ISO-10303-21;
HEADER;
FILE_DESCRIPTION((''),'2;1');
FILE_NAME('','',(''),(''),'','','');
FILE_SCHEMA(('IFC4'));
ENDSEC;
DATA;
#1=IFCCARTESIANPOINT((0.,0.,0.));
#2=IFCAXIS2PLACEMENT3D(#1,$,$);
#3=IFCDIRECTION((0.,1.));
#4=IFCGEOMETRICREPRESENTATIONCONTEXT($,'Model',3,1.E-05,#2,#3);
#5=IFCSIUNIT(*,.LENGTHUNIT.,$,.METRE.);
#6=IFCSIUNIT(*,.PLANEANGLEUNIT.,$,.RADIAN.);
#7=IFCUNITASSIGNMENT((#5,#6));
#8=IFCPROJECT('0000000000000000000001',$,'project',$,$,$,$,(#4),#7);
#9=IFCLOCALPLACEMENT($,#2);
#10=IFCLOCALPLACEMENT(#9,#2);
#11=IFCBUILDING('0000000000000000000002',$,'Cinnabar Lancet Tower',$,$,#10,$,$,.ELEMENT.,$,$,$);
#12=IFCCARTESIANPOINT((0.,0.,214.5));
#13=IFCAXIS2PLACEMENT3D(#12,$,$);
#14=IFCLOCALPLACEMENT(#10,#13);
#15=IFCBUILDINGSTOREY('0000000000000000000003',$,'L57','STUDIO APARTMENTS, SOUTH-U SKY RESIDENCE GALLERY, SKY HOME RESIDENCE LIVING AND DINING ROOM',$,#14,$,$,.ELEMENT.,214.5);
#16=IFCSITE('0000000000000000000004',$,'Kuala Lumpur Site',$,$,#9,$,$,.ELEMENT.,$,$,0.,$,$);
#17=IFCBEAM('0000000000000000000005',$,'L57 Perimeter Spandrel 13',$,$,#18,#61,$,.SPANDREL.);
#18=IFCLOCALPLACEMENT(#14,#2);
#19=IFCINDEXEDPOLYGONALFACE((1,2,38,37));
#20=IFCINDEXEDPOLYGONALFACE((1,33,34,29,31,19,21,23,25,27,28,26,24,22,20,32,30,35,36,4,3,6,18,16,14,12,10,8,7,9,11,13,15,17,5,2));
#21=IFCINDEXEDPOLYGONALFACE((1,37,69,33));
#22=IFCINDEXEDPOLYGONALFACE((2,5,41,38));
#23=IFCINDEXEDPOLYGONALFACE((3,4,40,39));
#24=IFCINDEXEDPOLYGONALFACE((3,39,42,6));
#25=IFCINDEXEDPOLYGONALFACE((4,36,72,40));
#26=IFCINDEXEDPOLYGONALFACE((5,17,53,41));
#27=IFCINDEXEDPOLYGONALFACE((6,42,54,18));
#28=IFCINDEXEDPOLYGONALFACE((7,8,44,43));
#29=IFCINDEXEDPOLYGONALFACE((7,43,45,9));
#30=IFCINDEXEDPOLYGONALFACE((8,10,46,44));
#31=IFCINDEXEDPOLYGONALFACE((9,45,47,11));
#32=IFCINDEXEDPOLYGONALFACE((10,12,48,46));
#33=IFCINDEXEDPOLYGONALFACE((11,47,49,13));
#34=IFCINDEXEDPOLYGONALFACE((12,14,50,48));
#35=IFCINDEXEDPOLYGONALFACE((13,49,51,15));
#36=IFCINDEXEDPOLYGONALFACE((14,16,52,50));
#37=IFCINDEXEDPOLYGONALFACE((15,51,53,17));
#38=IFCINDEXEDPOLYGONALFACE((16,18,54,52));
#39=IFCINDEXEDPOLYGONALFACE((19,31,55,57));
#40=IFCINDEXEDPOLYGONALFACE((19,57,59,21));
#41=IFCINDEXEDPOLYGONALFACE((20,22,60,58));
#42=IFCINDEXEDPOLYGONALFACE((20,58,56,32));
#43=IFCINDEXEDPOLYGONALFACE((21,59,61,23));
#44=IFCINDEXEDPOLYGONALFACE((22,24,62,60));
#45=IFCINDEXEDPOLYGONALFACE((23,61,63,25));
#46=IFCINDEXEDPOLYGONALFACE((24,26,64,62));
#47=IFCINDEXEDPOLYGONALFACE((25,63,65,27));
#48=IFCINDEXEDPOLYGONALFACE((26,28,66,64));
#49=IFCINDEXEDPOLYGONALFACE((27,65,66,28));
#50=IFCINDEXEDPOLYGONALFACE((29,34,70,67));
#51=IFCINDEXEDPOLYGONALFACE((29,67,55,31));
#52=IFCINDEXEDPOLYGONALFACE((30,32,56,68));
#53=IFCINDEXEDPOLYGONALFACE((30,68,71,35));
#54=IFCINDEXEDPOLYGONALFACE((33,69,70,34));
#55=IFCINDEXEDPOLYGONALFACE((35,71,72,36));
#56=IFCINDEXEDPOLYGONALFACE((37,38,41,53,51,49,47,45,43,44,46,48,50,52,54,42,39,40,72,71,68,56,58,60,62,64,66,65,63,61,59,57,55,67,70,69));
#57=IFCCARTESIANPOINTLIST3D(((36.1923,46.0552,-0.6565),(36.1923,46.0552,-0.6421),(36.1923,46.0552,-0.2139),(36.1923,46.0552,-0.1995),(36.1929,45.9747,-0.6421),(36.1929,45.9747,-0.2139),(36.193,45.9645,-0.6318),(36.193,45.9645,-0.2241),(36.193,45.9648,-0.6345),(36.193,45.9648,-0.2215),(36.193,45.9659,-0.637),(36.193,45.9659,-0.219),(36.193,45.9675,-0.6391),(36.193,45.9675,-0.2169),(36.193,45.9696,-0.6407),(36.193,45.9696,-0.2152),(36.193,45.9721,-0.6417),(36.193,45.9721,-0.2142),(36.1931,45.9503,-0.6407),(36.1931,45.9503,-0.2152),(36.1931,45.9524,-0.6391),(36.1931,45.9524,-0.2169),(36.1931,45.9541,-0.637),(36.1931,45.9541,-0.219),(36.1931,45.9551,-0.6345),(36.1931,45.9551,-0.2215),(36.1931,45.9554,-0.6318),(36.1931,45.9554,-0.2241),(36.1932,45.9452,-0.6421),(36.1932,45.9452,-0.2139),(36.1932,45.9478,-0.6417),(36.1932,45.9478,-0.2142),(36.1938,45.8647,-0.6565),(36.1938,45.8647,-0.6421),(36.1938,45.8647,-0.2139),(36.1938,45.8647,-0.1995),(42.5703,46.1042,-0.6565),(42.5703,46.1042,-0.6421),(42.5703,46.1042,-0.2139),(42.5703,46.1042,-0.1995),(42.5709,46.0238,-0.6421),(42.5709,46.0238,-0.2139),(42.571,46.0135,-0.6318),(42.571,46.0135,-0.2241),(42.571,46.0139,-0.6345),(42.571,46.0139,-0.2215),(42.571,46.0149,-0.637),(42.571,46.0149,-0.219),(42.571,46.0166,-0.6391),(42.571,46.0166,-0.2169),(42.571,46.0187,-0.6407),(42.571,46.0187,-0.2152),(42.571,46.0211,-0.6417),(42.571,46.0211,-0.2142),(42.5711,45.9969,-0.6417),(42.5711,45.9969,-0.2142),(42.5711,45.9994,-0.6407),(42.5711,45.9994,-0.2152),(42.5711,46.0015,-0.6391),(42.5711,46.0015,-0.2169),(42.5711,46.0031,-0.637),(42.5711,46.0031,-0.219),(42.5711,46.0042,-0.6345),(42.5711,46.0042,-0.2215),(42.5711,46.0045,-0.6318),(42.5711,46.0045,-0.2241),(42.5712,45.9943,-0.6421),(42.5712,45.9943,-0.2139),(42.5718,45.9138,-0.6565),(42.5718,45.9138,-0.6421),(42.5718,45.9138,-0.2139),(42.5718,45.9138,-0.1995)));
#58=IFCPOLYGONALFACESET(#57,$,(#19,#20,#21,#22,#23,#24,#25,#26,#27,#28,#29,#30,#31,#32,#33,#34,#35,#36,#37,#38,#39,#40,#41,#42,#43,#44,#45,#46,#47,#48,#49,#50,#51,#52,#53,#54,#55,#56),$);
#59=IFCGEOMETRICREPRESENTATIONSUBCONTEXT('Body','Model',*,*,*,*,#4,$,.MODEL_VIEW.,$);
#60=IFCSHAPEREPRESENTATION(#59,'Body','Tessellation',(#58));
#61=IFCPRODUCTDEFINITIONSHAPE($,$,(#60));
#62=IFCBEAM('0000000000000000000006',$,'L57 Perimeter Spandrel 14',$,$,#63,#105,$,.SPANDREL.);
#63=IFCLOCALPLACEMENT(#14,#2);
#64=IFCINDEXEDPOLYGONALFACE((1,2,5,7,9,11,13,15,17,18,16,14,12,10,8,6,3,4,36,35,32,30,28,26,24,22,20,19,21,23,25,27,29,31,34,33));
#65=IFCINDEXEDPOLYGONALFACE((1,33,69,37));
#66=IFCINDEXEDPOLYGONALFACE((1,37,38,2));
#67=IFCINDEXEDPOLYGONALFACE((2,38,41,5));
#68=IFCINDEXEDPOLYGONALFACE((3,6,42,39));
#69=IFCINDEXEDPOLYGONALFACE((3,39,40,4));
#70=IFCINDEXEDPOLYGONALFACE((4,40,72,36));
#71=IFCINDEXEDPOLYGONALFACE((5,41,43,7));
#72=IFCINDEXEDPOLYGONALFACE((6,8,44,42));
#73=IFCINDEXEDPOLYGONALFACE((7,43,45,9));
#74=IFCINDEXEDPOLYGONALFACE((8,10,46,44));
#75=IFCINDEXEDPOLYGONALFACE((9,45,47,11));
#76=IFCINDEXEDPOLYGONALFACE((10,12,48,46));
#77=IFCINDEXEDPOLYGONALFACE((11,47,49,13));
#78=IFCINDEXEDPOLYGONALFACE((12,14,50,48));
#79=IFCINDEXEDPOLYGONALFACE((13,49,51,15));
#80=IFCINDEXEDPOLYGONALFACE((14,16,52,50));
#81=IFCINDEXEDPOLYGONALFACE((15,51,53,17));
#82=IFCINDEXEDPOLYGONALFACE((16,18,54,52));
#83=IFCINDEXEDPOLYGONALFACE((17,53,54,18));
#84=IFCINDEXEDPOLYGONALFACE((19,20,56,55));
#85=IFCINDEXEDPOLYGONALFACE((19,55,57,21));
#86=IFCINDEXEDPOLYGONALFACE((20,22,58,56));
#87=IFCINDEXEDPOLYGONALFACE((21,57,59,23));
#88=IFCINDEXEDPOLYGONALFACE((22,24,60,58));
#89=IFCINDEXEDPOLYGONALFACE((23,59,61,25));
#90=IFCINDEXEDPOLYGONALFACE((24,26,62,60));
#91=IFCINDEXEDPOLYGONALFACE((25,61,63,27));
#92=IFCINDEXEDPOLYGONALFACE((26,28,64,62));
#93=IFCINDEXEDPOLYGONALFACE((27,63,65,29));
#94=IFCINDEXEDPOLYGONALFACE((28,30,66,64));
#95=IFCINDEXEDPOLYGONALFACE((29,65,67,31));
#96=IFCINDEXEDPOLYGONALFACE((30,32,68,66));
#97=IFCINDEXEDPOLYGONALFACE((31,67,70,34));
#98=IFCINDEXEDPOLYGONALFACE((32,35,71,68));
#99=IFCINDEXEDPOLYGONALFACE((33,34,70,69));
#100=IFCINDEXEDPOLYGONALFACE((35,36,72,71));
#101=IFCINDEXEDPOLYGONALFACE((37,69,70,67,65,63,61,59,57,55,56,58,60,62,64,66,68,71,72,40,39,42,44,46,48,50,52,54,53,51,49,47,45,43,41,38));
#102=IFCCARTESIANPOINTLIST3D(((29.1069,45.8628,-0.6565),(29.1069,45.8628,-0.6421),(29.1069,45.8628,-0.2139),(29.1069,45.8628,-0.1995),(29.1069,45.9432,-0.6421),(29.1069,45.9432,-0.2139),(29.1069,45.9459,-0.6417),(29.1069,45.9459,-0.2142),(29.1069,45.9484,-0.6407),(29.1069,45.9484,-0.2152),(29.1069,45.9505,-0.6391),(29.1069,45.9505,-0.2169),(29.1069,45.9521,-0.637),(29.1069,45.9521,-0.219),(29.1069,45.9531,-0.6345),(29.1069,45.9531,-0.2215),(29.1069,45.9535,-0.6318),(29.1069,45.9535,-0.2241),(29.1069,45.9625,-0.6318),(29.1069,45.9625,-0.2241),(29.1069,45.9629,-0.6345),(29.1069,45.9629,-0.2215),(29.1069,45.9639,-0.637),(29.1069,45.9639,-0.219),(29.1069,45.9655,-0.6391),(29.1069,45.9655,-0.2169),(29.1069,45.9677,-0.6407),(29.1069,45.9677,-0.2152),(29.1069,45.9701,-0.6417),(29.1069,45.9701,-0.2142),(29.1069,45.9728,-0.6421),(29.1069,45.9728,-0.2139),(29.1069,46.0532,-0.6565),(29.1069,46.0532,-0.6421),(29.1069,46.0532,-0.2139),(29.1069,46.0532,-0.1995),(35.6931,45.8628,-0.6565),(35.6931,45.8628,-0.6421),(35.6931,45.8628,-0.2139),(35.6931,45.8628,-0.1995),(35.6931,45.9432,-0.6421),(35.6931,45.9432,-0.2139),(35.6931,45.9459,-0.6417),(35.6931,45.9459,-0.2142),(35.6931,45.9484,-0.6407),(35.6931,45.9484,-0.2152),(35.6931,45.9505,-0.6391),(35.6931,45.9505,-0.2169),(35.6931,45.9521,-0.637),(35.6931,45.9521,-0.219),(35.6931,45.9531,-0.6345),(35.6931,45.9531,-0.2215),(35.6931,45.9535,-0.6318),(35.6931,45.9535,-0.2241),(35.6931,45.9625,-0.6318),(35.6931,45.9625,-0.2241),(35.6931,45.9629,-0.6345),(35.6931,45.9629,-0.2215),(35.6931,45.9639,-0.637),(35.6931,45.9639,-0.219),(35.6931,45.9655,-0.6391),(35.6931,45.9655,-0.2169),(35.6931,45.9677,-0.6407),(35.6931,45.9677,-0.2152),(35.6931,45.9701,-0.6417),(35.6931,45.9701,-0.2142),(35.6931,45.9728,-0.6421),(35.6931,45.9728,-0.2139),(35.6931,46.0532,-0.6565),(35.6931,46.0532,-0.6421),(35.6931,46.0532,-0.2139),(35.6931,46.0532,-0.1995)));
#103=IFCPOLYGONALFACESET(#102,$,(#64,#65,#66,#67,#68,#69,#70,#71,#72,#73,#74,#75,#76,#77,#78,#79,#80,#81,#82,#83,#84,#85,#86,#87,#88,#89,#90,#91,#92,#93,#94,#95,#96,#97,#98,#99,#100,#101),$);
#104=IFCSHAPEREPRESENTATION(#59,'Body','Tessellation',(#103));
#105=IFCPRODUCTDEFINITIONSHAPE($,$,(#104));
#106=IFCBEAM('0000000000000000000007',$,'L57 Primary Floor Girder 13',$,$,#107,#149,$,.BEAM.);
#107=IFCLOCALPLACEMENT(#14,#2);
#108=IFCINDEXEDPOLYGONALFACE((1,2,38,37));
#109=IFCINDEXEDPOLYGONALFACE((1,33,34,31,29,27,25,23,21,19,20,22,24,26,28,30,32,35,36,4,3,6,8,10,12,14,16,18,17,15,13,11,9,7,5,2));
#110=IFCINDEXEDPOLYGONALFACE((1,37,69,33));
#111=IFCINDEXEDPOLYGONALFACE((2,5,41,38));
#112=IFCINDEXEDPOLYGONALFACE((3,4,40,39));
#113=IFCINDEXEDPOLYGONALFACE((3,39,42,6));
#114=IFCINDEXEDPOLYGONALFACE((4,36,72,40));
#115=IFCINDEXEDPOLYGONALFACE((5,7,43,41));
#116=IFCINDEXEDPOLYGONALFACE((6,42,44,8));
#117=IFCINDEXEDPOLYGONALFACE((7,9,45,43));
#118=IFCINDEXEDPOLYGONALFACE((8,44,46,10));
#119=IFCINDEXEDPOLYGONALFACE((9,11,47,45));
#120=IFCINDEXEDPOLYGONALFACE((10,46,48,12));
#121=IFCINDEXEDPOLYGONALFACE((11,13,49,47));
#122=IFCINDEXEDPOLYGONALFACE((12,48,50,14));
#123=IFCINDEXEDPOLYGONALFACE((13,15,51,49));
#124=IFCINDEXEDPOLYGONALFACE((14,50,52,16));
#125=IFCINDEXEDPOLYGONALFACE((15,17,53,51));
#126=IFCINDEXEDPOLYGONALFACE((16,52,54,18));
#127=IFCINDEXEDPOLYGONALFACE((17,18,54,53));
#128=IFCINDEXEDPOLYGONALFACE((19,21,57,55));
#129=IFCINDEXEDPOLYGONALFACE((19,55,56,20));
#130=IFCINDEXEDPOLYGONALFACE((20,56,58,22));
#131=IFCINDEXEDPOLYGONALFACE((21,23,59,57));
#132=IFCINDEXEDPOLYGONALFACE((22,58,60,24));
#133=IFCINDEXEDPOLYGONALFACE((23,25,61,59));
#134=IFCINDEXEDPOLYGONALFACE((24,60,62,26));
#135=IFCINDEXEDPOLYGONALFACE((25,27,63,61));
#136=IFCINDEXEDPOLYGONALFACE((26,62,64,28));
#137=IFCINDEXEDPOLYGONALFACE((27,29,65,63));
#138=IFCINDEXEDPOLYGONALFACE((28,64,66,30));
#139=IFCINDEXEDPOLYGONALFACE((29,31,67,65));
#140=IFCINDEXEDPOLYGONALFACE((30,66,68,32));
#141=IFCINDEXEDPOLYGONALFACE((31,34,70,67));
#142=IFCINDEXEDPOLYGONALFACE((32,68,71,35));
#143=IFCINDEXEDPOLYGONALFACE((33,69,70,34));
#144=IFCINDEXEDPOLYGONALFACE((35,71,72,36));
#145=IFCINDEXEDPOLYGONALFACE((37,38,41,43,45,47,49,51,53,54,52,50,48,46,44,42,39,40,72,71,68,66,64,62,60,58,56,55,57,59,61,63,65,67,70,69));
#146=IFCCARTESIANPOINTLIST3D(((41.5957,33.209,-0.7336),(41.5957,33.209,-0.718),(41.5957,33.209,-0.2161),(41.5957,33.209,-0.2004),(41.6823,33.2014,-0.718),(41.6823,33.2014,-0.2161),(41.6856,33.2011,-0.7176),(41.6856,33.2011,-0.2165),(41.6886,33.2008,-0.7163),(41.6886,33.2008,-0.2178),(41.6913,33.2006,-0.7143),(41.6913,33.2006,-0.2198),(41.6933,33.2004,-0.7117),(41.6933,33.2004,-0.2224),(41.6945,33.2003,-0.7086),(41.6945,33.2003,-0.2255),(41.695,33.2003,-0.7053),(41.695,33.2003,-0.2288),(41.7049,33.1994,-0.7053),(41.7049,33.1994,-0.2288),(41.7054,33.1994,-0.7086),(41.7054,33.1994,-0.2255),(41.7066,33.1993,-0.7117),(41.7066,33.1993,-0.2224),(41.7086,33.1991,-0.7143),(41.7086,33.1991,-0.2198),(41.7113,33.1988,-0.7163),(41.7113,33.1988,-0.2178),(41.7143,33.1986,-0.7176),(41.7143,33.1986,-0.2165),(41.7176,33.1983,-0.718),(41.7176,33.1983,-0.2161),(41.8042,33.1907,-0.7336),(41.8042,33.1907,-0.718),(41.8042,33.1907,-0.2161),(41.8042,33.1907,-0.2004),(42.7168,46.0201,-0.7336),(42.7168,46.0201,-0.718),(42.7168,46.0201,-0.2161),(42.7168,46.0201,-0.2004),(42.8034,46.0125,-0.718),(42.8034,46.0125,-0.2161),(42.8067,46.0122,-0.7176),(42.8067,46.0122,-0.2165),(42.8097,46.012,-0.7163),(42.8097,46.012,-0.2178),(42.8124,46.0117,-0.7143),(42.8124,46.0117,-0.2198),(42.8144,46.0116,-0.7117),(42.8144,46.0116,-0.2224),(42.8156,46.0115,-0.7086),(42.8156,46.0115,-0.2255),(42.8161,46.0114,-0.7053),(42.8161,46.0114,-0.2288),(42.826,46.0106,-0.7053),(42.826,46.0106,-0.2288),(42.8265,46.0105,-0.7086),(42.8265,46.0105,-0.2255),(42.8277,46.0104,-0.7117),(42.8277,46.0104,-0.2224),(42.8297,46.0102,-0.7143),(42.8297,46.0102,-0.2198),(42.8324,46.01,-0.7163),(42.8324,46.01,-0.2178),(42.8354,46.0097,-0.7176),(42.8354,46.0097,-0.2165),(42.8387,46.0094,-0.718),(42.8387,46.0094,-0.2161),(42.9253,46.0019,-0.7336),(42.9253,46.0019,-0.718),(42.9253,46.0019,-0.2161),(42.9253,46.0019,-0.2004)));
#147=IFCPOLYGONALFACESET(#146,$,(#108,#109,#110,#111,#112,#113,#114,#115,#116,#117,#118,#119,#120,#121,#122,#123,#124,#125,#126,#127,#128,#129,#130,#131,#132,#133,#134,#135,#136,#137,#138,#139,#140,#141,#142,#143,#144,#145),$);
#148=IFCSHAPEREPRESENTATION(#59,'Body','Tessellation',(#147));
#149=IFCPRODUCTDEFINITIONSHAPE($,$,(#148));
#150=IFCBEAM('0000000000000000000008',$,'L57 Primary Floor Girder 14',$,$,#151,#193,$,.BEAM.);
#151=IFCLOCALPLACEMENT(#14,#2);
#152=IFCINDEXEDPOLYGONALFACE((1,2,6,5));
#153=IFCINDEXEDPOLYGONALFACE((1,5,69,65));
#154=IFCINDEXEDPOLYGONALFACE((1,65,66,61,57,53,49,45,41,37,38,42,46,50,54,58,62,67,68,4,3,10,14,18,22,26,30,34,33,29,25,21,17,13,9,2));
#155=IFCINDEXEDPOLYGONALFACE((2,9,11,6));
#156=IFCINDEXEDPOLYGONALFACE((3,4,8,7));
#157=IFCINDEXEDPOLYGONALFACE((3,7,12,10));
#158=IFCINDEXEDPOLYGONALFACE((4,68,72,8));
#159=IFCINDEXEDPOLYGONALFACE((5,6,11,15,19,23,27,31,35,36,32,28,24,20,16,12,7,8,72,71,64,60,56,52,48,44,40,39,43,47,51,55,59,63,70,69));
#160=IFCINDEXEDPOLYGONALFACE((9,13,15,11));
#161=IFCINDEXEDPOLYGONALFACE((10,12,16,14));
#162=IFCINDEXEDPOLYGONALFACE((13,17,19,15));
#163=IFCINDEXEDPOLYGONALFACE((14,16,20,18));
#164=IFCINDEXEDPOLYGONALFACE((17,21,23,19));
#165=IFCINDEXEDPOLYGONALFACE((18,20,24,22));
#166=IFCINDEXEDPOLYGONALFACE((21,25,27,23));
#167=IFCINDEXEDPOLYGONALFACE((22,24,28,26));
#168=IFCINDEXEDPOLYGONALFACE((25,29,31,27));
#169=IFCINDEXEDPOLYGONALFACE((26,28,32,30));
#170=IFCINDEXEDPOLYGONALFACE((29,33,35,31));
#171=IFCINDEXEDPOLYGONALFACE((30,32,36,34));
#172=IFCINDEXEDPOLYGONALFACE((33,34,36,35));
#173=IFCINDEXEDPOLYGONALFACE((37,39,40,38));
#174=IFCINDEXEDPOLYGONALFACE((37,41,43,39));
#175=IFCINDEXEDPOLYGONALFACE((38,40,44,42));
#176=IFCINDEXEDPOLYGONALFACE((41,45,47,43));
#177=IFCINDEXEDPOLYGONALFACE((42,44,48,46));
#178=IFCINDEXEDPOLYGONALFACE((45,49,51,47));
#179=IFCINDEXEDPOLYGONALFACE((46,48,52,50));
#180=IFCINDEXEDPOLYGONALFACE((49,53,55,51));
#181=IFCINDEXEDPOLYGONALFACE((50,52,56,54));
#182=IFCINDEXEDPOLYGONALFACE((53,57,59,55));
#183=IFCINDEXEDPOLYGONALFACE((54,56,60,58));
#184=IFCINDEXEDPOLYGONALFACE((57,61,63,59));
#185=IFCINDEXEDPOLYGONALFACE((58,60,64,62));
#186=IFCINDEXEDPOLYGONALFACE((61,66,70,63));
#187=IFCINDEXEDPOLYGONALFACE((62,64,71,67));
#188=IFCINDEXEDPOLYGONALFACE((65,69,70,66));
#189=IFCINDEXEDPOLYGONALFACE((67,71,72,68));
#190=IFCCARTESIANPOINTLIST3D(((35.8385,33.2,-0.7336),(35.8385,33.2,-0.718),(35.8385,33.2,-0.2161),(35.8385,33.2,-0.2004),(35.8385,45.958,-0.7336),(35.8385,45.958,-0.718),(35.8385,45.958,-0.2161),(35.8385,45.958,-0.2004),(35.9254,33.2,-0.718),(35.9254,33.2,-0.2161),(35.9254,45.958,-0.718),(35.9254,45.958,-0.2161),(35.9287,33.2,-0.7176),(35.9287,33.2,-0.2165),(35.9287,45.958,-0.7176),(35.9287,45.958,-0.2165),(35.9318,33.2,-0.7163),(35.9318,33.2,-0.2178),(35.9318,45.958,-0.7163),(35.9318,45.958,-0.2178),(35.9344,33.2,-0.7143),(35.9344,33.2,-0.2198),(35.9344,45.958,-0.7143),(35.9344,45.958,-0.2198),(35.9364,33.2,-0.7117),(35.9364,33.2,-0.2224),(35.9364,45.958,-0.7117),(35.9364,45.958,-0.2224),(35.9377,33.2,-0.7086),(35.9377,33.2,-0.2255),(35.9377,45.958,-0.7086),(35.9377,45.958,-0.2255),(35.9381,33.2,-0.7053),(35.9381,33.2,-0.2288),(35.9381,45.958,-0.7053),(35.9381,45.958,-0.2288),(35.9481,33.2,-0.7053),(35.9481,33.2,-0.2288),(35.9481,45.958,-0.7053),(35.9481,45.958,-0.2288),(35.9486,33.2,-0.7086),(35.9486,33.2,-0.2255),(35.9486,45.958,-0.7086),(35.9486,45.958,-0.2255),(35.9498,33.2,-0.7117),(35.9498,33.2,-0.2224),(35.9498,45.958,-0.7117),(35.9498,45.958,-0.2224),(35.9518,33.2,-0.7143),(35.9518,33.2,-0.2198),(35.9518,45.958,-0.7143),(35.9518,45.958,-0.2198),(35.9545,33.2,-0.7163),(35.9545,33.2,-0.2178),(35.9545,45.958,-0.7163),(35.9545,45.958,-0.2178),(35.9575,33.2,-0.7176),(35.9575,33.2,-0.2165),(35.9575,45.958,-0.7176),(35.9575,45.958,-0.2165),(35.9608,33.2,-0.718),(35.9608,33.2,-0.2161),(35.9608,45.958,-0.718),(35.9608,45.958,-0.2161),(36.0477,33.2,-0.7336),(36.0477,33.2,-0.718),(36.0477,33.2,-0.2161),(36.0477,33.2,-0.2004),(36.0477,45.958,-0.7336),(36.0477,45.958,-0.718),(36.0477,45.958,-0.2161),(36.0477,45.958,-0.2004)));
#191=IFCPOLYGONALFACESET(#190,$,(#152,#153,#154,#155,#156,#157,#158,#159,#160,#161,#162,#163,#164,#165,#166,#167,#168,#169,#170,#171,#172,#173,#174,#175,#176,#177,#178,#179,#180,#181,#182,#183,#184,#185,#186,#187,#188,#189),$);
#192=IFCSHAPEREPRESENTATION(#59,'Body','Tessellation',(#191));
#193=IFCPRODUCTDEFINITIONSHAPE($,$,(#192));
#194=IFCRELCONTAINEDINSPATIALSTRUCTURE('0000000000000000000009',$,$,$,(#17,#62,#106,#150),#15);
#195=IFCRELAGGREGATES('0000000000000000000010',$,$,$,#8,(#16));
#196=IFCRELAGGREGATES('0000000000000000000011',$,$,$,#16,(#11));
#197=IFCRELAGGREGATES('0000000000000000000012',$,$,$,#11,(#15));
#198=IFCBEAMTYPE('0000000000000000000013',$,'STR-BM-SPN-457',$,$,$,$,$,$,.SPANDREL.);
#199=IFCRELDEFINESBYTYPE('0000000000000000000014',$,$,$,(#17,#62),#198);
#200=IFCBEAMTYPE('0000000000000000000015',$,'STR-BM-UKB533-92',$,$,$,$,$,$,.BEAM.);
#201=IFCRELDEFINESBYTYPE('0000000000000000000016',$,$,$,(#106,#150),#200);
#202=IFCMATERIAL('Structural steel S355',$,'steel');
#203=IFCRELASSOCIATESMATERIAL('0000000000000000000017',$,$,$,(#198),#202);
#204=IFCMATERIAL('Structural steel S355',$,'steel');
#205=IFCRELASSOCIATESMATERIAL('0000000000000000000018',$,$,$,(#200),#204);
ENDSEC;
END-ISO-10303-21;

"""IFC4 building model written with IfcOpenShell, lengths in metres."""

from ifc_helpers import new_model, si_unit, direction, frame, origin, origin_2d, place, context, subcontext, project, spatial, i_section, extrude, material, material_profile, profile_set, type_object, element, save


model = new_model("IFC4")

# Units and contexts
model_context = context("Model", 3, precision=1e-05, world=origin(), true_north=direction((0.0, 1.0)))
body_context = subcontext(model_context, "Body", "Model", "MODEL_VIEW")
ifc_project = project(units=[si_unit("LENGTHUNIT", "METRE"), si_unit("PLANEANGLEUNIT", "RADIAN")], contexts=[model_context])

# Site, building, storey
site_placement = place(None, origin())
site = spatial("IfcSite", under=ifc_project, at=site_placement, Name="Kuala Lumpur Site", CompositionType="ELEMENT", RefElevation=0.0)
building_placement = place(site_placement, origin())
building = spatial("IfcBuilding", under=site, at=building_placement, Name="Cinnabar Lancet Tower", CompositionType="ELEMENT")
storey_placement = place(building_placement, frame((0.0, 0.0, 214.5)))
storey = spatial("IfcBuildingStorey", under=building, at=storey_placement, Name="L57", Description="STUDIO APARTMENTS, SOUTH-U SKY RESIDENCE GALLERY, SKY HOME RESIDENCE LIVING AND DINING ROOM", CompositionType="ELEMENT", Elevation=214.5)

# Beams
ifc_material_1 = material(Name="Structural steel S355", Category="steel")
ifc_material_profile_1 = material_profile(ifc_material_1, i_section(OverallWidth=0.1904, OverallDepth=0.457, WebThickness=0.009, FlangeThickness=0.0144, FilletRadius=0.0103, at=origin_2d()), Name="UKB 457x191x74")
ifc_profile_set_1 = profile_set([ifc_material_profile_1], Name="Structural steel S355")
beam_type_1 = type_object("IfcBeamType", Name="STR-BM-SPN-457", PredefinedType="SPANDREL", material=ifc_profile_set_1)
beam_1_placement = place(storey_placement, frame((42.571, 46.009, -0.428), z_axis=(-0.99997, -0.007694, 0.0), x_axis=(0.007694, -0.99997, 0.0)))
element("IfcBeam", 1, at=beam_1_placement, inside=storey, type_object=beam_type_1, Name="L57 Perimeter Spandrel 13", PredefinedType="SPANDREL", context=body_context, shape_type="SweptSolid", body=[
    extrude(i_section(OverallWidth=0.1904, OverallDepth=0.457, WebThickness=0.009, FlangeThickness=0.0144, FilletRadius=0.0103, at=origin_2d()), origin(), (0.0, 0.0, 1.0), 6.3782),
])
beam_2_placement = place(storey_placement, frame((35.6931, 45.958, -0.428), z_axis=(-1.0, 0.0, 0.0), x_axis=(0.0, -1.0, 0.0)))
element("IfcBeam", 2, at=beam_2_placement, inside=storey, type_object=beam_type_1, Name="L57 Perimeter Spandrel 14", PredefinedType="SPANDREL", context=body_context, shape_type="SweptSolid", body=[
    extrude(i_section(OverallWidth=0.1904, OverallDepth=0.457, WebThickness=0.009, FlangeThickness=0.0144, FilletRadius=0.0103, at=origin_2d()), origin(), (0.0, 0.0, 1.0), 6.5862),
])
ifc_material_2 = material(Name="Structural steel S355", Category="steel")
ifc_material_profile_2 = material_profile(ifc_material_2, i_section(OverallWidth=0.2092, OverallDepth=0.5332, WebThickness=0.01, FlangeThickness=0.0156, FilletRadius=0.0127, at=origin_2d()), Name="UKB 533x210x92")
ifc_profile_set_2 = profile_set([ifc_material_profile_2], Name="Structural steel S355")
beam_type_2 = type_object("IfcBeamType", Name="STR-BM-UKB533-92", PredefinedType="BEAM", material=ifc_profile_set_2)
beam_3_placement = place(storey_placement, frame((42.821, 46.011, -0.467), z_axis=(-0.087177, -0.996193, 0.0), x_axis=(0.996193, -0.087177, 0.0)))
element("IfcBeam", 3, at=beam_3_placement, inside=storey, type_object=beam_type_2, Name="L57 Primary Floor Girder 13", PredefinedType="BEAM", context=body_context, shape_type="SweptSolid", body=[
    extrude(i_section(OverallWidth=0.2092, OverallDepth=0.5332, WebThickness=0.01, FlangeThickness=0.0156, FilletRadius=0.0127, at=origin_2d()), origin(), (0.0, 0.0, 1.0), 12.8601),
])
beam_4_placement = place(storey_placement, frame((35.9431, 45.958, -0.467), z_axis=(0.0, -1.0, 0.0), x_axis=(1.0, 0.0, 0.0)))
element("IfcBeam", 4, at=beam_4_placement, inside=storey, type_object=beam_type_2, Name="L57 Primary Floor Girder 14", PredefinedType="BEAM", context=body_context, shape_type="SweptSolid", body=[
    extrude(i_section(OverallWidth=0.2092, OverallDepth=0.5332, WebThickness=0.01, FlangeThickness=0.0156, FilletRadius=0.0127, at=origin_2d()), origin(), (0.0, 0.0, 1.0), 12.7581),
])

save(model, "model.ifc")
